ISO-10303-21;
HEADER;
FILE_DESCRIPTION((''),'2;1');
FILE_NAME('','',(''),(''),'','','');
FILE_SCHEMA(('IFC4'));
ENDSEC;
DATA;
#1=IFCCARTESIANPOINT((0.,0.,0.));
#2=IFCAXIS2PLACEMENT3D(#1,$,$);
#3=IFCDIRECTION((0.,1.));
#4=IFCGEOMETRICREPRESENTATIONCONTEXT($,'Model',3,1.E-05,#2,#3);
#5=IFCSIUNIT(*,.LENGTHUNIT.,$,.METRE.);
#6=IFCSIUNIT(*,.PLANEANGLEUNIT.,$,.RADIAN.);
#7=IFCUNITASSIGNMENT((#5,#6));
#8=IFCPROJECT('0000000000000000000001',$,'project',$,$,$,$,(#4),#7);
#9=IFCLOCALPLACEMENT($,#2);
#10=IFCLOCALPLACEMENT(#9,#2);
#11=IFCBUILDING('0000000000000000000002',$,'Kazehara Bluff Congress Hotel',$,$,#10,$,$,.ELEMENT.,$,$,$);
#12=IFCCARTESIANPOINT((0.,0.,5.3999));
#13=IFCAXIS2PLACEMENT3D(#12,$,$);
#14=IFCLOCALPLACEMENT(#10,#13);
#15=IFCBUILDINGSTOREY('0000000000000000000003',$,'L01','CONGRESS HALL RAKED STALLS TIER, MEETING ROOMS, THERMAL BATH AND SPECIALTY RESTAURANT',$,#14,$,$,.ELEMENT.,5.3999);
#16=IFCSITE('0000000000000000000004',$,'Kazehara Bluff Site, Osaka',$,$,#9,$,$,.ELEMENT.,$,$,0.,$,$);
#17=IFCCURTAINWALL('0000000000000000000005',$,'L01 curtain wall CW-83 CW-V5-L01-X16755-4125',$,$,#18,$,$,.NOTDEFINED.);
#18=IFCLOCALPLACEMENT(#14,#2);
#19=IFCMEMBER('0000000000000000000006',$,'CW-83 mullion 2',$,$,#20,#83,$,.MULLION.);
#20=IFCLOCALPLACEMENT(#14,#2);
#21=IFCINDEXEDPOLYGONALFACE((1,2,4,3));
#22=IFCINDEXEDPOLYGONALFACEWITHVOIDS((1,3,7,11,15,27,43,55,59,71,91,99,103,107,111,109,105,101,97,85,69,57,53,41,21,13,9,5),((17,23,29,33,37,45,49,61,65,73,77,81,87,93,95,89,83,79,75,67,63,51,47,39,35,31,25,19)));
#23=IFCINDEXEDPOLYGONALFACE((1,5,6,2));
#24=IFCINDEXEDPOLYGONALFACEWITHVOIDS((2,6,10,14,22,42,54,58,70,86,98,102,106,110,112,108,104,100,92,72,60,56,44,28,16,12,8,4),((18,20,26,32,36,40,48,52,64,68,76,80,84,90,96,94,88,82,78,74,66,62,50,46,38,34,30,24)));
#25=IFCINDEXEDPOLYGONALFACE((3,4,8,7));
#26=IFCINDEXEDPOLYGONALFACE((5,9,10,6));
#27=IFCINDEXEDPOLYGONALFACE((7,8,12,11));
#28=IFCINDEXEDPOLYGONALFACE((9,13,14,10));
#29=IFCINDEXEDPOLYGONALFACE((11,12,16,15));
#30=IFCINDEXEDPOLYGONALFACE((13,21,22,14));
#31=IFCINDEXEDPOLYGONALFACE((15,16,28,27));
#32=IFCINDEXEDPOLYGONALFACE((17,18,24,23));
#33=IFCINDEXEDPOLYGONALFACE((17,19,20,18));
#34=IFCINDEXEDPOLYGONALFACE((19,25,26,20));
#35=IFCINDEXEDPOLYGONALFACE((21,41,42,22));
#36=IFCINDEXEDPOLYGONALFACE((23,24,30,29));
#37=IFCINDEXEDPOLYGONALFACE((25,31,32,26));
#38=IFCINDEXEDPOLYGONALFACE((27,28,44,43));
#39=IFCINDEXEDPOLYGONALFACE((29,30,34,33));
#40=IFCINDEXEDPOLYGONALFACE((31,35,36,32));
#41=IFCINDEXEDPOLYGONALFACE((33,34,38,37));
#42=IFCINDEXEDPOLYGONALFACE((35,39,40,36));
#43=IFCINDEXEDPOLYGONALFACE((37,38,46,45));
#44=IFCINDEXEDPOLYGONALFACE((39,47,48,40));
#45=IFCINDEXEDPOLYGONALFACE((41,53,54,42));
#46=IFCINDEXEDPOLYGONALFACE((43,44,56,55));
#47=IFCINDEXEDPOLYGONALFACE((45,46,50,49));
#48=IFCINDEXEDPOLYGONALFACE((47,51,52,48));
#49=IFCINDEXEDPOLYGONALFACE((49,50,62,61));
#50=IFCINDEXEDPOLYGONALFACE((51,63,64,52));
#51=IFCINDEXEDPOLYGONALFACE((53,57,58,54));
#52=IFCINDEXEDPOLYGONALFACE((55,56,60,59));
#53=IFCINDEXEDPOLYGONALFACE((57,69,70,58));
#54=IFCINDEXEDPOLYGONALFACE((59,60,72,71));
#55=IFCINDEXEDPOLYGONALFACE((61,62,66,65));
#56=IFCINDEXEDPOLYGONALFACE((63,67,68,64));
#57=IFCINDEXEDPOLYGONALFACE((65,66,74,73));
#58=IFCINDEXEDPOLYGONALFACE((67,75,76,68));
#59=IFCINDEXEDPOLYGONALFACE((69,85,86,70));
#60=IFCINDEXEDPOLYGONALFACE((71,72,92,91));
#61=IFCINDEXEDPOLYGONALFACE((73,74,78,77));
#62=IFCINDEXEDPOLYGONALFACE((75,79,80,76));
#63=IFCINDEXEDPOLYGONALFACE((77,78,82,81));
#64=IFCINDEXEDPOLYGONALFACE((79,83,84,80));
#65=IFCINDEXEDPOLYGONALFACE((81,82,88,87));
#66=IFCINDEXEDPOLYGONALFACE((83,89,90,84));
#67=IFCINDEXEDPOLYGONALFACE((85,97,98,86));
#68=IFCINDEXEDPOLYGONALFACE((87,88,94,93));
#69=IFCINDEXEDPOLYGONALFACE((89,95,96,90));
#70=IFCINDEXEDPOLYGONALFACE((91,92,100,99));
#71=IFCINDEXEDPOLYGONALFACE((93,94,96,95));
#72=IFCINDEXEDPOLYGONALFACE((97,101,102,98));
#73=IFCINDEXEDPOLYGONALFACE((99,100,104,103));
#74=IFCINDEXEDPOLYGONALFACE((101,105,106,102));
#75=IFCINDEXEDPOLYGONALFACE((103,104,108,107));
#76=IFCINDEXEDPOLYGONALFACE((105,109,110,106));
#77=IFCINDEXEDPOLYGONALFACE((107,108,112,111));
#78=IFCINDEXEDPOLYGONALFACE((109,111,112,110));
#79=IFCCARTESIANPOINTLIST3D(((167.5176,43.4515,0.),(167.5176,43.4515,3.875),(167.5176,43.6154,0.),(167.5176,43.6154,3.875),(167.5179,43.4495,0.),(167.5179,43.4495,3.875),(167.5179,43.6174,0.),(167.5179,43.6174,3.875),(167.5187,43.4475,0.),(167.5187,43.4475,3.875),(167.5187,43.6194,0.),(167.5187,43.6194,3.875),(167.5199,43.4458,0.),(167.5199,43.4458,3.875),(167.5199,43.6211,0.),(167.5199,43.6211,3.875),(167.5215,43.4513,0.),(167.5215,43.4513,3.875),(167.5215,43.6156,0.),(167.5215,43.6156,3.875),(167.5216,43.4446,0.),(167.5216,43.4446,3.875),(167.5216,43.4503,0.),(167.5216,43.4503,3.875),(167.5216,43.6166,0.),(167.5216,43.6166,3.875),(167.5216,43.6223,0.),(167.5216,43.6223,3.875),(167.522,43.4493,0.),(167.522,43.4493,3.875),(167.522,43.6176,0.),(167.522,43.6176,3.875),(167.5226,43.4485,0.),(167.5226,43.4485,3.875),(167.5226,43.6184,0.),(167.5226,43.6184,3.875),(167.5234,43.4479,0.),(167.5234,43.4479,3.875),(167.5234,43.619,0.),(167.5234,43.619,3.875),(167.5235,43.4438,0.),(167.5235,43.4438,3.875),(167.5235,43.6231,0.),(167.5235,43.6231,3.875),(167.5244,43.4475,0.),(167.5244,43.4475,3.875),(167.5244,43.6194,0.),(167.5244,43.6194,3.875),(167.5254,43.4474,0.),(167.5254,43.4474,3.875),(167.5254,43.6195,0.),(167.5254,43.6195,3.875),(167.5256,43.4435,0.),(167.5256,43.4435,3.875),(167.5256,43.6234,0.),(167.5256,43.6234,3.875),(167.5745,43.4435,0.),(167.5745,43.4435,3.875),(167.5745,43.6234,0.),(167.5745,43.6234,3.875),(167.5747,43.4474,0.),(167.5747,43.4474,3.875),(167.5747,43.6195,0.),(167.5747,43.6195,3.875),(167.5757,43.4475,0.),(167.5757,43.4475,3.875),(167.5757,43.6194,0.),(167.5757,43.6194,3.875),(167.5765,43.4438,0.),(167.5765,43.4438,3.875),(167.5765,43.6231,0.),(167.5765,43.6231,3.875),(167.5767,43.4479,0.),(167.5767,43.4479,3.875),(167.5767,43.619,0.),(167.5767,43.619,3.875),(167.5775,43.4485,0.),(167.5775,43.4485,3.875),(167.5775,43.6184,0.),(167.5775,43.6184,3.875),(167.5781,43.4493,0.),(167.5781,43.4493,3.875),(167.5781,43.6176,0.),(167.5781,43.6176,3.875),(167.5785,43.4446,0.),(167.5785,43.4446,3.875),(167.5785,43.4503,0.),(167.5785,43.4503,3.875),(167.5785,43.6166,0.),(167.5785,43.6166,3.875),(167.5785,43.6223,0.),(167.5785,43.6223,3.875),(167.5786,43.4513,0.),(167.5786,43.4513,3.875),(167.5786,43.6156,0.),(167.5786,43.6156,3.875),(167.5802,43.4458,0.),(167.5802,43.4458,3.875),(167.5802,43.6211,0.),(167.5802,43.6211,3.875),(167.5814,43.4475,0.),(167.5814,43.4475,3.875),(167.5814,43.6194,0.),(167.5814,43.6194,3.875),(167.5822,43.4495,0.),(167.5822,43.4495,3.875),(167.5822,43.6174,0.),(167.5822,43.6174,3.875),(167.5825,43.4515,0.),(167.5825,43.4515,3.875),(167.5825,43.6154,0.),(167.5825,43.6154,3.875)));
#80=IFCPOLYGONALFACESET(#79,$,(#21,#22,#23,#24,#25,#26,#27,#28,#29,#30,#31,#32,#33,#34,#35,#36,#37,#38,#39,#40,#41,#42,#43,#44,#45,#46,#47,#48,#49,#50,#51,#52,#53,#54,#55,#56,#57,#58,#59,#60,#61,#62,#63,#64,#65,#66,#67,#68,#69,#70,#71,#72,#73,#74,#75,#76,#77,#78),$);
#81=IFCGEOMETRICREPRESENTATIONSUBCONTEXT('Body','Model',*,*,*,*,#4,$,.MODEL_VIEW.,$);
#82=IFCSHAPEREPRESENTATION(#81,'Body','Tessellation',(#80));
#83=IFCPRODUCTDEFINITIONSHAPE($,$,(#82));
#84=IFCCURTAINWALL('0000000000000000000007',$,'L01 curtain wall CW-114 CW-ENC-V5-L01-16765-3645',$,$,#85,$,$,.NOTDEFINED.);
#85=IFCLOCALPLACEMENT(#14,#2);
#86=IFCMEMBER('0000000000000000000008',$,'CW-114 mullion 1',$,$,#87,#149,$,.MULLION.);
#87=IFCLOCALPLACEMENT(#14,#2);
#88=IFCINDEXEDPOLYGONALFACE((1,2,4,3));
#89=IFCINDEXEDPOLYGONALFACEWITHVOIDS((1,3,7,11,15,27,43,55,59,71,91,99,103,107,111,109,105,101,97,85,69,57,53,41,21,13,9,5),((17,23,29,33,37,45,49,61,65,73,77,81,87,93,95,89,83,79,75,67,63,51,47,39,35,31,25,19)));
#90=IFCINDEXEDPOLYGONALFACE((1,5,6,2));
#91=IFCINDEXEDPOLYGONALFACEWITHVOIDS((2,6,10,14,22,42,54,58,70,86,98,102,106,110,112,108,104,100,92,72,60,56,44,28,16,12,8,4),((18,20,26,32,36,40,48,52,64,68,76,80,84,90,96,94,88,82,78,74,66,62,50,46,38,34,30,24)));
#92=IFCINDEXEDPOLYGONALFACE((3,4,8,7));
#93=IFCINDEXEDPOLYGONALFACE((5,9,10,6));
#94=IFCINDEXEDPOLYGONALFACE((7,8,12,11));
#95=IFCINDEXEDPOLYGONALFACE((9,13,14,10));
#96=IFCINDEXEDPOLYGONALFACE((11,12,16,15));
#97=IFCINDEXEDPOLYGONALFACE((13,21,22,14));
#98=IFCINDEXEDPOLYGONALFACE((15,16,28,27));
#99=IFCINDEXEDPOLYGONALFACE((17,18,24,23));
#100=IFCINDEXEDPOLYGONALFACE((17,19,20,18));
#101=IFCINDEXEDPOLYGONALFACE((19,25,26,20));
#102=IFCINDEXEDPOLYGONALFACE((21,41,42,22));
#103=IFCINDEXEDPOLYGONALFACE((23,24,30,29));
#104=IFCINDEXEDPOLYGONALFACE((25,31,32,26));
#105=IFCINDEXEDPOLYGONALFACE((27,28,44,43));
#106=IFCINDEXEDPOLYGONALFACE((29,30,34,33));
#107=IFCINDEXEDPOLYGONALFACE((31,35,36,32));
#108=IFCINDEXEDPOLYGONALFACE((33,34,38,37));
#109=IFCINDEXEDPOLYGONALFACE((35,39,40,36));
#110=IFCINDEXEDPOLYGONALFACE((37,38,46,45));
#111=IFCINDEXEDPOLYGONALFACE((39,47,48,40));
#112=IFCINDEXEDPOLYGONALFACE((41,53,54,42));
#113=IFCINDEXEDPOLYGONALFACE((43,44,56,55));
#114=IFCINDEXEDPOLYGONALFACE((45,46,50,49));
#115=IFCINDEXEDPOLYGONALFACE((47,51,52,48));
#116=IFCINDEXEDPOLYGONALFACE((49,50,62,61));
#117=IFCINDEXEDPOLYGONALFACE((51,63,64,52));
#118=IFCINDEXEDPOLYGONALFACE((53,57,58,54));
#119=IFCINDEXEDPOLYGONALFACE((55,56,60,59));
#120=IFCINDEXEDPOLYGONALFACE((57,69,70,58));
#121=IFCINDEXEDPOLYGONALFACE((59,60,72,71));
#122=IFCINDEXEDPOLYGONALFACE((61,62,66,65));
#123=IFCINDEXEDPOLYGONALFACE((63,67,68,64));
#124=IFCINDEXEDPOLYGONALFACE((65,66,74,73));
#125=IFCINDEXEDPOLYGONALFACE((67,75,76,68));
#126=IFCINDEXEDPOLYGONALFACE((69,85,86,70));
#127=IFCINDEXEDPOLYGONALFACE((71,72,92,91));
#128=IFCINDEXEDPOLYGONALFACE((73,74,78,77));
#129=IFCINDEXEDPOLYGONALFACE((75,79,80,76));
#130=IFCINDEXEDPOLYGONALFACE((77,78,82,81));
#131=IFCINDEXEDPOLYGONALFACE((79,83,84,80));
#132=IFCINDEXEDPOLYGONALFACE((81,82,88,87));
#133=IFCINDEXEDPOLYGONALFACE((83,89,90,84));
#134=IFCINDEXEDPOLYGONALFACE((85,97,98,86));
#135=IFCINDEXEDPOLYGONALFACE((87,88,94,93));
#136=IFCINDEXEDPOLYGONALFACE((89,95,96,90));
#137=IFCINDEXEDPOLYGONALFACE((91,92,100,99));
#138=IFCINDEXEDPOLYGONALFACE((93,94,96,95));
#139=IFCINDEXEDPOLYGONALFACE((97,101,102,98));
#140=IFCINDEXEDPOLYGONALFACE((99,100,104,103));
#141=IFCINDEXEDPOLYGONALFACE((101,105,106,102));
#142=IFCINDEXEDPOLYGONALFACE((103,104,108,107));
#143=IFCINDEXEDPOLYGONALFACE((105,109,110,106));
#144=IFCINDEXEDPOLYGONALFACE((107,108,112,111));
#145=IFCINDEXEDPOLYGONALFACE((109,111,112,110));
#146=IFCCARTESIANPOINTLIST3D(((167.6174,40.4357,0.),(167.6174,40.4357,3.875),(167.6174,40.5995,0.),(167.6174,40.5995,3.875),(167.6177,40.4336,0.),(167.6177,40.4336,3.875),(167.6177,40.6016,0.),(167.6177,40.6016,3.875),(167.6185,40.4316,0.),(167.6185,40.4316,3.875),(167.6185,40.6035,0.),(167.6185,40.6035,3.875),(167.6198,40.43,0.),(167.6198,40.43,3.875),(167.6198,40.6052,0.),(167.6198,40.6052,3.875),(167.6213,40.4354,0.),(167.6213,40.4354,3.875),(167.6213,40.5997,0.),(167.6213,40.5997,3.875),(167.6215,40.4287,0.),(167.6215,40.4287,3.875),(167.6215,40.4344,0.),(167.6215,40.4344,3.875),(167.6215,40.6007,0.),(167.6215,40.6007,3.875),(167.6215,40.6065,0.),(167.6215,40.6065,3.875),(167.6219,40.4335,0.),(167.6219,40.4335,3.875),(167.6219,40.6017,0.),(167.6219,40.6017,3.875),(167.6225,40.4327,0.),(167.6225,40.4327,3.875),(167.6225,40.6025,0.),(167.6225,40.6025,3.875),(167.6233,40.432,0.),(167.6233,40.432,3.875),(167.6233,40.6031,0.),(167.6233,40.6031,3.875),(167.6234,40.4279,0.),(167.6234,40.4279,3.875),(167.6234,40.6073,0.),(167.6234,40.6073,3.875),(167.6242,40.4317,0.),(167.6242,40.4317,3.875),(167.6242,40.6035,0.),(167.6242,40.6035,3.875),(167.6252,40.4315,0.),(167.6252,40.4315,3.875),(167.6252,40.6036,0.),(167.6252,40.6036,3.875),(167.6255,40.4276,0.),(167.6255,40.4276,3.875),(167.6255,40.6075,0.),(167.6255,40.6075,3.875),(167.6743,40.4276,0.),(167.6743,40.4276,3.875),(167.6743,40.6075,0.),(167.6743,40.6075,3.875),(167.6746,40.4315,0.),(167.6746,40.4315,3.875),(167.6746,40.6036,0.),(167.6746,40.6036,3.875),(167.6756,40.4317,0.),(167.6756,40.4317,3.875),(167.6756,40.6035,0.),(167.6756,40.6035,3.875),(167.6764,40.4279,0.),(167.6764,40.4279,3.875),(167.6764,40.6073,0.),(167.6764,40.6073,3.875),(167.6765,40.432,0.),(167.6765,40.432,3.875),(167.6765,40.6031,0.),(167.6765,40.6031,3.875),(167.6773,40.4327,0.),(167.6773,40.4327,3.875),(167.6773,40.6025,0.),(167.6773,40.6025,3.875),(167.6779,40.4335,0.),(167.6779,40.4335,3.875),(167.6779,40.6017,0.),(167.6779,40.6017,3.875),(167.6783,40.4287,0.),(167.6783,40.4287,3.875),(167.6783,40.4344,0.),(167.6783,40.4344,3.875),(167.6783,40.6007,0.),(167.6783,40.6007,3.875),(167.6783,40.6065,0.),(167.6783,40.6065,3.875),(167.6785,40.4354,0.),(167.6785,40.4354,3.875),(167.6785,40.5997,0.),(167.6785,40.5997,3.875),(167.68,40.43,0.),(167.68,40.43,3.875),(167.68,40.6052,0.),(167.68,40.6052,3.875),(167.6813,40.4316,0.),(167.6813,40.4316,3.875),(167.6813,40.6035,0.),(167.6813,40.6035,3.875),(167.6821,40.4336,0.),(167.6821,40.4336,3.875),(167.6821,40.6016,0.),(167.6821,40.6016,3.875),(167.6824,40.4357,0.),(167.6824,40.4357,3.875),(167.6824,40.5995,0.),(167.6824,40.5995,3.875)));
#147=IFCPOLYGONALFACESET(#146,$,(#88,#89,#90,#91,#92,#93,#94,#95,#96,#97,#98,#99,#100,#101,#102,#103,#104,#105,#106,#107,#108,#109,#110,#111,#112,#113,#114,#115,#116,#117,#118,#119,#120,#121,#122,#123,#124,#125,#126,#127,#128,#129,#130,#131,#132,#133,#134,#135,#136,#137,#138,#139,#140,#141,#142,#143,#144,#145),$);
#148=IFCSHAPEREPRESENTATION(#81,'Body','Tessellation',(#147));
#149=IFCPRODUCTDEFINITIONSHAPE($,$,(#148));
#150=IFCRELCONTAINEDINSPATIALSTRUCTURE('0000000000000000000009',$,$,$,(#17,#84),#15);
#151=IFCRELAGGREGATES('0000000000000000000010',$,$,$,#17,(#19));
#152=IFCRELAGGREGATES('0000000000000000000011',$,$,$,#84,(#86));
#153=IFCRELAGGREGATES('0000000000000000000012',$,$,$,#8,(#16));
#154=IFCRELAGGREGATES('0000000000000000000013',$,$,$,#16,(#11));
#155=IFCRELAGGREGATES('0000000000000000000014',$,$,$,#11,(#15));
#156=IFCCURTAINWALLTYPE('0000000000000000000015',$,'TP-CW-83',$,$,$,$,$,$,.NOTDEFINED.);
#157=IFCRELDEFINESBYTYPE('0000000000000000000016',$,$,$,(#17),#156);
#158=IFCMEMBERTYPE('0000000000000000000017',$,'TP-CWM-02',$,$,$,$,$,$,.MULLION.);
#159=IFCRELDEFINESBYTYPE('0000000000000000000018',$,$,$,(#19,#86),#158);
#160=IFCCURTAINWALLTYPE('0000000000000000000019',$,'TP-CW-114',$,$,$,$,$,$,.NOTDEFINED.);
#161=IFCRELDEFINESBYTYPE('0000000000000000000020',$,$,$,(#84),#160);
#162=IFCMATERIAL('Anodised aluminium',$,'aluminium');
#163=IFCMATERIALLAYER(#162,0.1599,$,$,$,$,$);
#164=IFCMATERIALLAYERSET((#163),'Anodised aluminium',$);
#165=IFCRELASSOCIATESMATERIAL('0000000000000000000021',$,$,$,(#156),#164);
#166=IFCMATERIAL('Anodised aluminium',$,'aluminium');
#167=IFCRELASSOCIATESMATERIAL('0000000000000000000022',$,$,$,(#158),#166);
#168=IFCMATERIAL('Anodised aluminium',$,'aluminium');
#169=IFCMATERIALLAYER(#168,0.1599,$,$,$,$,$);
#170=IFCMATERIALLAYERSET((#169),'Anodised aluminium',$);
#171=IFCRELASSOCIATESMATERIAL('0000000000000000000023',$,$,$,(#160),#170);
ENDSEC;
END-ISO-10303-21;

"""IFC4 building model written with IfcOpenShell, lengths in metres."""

from ifc_helpers import new_model, si_unit, direction, frame, origin, origin_2d, place, context, subcontext, project, spatial, hollow_rectangle, extrude, material, layer, layer_set, material_profile, profile_set, type_object, element, aggregate, save


model = new_model("IFC4")

# Units and contexts
model_context = context("Model", 3, precision=1e-05, world=origin(), true_north=direction((0.0, 1.0)))
body_context = subcontext(model_context, "Body", "Model", "MODEL_VIEW")
ifc_project = project(units=[si_unit("LENGTHUNIT", "METRE"), si_unit("PLANEANGLEUNIT", "RADIAN")], contexts=[model_context])

# Site, building, storey
site_placement = place(None, origin())
site = spatial("IfcSite", under=ifc_project, at=site_placement, Name="Kazehara Bluff Site, Osaka", CompositionType="ELEMENT", RefElevation=0.0)
building_placement = place(site_placement, origin())
building = spatial("IfcBuilding", under=site, at=building_placement, Name="Kazehara Bluff Congress Hotel", CompositionType="ELEMENT")
storey_placement = place(building_placement, frame((0.0, 0.0, 5.3999)))
storey = spatial("IfcBuildingStorey", under=building, at=storey_placement, Name="L01", Description="CONGRESS HALL RAKED STALLS TIER, MEETING ROOMS, THERMAL BATH AND SPECIALTY RESTAURANT", CompositionType="ELEMENT", Elevation=5.3999)

# Curtain walls, members
ifc_material_1 = material(Name="Anodised aluminium", Category="aluminium")
ifc_layer_1 = layer(ifc_material_1, 0.1599)
ifc_layer_set_1 = layer_set([ifc_layer_1], Name="Anodised aluminium")
curtain_wall_type_1 = type_object("IfcCurtainWallType", Name="TP-CW-83", PredefinedType="NOTDEFINED", material=ifc_layer_set_1)
curtain_wall_1_placement = place(storey_placement, origin())
curtain_wall_1 = element("IfcCurtainWall", 1, at=curtain_wall_1_placement, inside=storey, type_object=curtain_wall_type_1, Name="L01 curtain wall CW-83 CW-V5-L01-X16755-4125", PredefinedType="NOTDEFINED")
ifc_material_2 = material(Name="Anodised aluminium", Category="aluminium")
ifc_material_profile_1 = material_profile(ifc_material_2, hollow_rectangle(XDim=0.0649, YDim=0.1799, WallThickness=0.0039, InnerFilletRadius=0.0039, OuterFilletRadius=0.0081, at=origin_2d()))
ifc_profile_set_1 = profile_set([ifc_material_profile_1], Name="Anodised aluminium")
member_type_1 = type_object("IfcMemberType", Name="TP-CWM-02", PredefinedType="MULLION", material=ifc_profile_set_1)
member_1_placement = place(storey_placement, frame((167.55, 43.5334, 0.0), z_axis=(0.0, 0.0, 1.0), x_axis=(-1.0, 0.0, 0.0)))
member_1 = element("IfcMember", 2, at=member_1_placement, type_object=member_type_1, Name="CW-83 mullion 2", PredefinedType="MULLION", context=body_context, shape_type="SweptSolid", body=[
    extrude(hollow_rectangle(XDim=0.0649, YDim=0.1799, WallThickness=0.0039, InnerFilletRadius=0.0039, OuterFilletRadius=0.0081, at=origin_2d()), origin(), (0.0, 0.0, 1.0), 3.875),
])
ifc_material_3 = material(Name="Anodised aluminium", Category="aluminium")
ifc_layer_2 = layer(ifc_material_3, 0.1599)
ifc_layer_set_2 = layer_set([ifc_layer_2], Name="Anodised aluminium")
curtain_wall_type_2 = type_object("IfcCurtainWallType", Name="TP-CW-114", PredefinedType="NOTDEFINED", material=ifc_layer_set_2)
curtain_wall_2_placement = place(storey_placement, origin())
curtain_wall_2 = element("IfcCurtainWall", 3, at=curtain_wall_2_placement, inside=storey, type_object=curtain_wall_type_2, Name="L01 curtain wall CW-114 CW-ENC-V5-L01-16765-3645", PredefinedType="NOTDEFINED")
member_2_placement = place(storey_placement, frame((167.6499, 40.5176, 0.0), z_axis=(0.0, 0.0, 1.0), x_axis=(1.0, 0.0, 0.0)))
member_2 = element("IfcMember", 4, at=member_2_placement, type_object=member_type_1, Name="CW-114 mullion 1", PredefinedType="MULLION", context=body_context, shape_type="SweptSolid", body=[
    extrude(hollow_rectangle(XDim=0.0649, YDim=0.1799, WallThickness=0.0039, InnerFilletRadius=0.0039, OuterFilletRadius=0.0081, at=origin_2d()), origin(), (0.0, 0.0, 1.0), 3.875),
])

aggregate(curtain_wall_1, [member_1])
aggregate(curtain_wall_2, [member_2])

save(model, "model.ifc")
